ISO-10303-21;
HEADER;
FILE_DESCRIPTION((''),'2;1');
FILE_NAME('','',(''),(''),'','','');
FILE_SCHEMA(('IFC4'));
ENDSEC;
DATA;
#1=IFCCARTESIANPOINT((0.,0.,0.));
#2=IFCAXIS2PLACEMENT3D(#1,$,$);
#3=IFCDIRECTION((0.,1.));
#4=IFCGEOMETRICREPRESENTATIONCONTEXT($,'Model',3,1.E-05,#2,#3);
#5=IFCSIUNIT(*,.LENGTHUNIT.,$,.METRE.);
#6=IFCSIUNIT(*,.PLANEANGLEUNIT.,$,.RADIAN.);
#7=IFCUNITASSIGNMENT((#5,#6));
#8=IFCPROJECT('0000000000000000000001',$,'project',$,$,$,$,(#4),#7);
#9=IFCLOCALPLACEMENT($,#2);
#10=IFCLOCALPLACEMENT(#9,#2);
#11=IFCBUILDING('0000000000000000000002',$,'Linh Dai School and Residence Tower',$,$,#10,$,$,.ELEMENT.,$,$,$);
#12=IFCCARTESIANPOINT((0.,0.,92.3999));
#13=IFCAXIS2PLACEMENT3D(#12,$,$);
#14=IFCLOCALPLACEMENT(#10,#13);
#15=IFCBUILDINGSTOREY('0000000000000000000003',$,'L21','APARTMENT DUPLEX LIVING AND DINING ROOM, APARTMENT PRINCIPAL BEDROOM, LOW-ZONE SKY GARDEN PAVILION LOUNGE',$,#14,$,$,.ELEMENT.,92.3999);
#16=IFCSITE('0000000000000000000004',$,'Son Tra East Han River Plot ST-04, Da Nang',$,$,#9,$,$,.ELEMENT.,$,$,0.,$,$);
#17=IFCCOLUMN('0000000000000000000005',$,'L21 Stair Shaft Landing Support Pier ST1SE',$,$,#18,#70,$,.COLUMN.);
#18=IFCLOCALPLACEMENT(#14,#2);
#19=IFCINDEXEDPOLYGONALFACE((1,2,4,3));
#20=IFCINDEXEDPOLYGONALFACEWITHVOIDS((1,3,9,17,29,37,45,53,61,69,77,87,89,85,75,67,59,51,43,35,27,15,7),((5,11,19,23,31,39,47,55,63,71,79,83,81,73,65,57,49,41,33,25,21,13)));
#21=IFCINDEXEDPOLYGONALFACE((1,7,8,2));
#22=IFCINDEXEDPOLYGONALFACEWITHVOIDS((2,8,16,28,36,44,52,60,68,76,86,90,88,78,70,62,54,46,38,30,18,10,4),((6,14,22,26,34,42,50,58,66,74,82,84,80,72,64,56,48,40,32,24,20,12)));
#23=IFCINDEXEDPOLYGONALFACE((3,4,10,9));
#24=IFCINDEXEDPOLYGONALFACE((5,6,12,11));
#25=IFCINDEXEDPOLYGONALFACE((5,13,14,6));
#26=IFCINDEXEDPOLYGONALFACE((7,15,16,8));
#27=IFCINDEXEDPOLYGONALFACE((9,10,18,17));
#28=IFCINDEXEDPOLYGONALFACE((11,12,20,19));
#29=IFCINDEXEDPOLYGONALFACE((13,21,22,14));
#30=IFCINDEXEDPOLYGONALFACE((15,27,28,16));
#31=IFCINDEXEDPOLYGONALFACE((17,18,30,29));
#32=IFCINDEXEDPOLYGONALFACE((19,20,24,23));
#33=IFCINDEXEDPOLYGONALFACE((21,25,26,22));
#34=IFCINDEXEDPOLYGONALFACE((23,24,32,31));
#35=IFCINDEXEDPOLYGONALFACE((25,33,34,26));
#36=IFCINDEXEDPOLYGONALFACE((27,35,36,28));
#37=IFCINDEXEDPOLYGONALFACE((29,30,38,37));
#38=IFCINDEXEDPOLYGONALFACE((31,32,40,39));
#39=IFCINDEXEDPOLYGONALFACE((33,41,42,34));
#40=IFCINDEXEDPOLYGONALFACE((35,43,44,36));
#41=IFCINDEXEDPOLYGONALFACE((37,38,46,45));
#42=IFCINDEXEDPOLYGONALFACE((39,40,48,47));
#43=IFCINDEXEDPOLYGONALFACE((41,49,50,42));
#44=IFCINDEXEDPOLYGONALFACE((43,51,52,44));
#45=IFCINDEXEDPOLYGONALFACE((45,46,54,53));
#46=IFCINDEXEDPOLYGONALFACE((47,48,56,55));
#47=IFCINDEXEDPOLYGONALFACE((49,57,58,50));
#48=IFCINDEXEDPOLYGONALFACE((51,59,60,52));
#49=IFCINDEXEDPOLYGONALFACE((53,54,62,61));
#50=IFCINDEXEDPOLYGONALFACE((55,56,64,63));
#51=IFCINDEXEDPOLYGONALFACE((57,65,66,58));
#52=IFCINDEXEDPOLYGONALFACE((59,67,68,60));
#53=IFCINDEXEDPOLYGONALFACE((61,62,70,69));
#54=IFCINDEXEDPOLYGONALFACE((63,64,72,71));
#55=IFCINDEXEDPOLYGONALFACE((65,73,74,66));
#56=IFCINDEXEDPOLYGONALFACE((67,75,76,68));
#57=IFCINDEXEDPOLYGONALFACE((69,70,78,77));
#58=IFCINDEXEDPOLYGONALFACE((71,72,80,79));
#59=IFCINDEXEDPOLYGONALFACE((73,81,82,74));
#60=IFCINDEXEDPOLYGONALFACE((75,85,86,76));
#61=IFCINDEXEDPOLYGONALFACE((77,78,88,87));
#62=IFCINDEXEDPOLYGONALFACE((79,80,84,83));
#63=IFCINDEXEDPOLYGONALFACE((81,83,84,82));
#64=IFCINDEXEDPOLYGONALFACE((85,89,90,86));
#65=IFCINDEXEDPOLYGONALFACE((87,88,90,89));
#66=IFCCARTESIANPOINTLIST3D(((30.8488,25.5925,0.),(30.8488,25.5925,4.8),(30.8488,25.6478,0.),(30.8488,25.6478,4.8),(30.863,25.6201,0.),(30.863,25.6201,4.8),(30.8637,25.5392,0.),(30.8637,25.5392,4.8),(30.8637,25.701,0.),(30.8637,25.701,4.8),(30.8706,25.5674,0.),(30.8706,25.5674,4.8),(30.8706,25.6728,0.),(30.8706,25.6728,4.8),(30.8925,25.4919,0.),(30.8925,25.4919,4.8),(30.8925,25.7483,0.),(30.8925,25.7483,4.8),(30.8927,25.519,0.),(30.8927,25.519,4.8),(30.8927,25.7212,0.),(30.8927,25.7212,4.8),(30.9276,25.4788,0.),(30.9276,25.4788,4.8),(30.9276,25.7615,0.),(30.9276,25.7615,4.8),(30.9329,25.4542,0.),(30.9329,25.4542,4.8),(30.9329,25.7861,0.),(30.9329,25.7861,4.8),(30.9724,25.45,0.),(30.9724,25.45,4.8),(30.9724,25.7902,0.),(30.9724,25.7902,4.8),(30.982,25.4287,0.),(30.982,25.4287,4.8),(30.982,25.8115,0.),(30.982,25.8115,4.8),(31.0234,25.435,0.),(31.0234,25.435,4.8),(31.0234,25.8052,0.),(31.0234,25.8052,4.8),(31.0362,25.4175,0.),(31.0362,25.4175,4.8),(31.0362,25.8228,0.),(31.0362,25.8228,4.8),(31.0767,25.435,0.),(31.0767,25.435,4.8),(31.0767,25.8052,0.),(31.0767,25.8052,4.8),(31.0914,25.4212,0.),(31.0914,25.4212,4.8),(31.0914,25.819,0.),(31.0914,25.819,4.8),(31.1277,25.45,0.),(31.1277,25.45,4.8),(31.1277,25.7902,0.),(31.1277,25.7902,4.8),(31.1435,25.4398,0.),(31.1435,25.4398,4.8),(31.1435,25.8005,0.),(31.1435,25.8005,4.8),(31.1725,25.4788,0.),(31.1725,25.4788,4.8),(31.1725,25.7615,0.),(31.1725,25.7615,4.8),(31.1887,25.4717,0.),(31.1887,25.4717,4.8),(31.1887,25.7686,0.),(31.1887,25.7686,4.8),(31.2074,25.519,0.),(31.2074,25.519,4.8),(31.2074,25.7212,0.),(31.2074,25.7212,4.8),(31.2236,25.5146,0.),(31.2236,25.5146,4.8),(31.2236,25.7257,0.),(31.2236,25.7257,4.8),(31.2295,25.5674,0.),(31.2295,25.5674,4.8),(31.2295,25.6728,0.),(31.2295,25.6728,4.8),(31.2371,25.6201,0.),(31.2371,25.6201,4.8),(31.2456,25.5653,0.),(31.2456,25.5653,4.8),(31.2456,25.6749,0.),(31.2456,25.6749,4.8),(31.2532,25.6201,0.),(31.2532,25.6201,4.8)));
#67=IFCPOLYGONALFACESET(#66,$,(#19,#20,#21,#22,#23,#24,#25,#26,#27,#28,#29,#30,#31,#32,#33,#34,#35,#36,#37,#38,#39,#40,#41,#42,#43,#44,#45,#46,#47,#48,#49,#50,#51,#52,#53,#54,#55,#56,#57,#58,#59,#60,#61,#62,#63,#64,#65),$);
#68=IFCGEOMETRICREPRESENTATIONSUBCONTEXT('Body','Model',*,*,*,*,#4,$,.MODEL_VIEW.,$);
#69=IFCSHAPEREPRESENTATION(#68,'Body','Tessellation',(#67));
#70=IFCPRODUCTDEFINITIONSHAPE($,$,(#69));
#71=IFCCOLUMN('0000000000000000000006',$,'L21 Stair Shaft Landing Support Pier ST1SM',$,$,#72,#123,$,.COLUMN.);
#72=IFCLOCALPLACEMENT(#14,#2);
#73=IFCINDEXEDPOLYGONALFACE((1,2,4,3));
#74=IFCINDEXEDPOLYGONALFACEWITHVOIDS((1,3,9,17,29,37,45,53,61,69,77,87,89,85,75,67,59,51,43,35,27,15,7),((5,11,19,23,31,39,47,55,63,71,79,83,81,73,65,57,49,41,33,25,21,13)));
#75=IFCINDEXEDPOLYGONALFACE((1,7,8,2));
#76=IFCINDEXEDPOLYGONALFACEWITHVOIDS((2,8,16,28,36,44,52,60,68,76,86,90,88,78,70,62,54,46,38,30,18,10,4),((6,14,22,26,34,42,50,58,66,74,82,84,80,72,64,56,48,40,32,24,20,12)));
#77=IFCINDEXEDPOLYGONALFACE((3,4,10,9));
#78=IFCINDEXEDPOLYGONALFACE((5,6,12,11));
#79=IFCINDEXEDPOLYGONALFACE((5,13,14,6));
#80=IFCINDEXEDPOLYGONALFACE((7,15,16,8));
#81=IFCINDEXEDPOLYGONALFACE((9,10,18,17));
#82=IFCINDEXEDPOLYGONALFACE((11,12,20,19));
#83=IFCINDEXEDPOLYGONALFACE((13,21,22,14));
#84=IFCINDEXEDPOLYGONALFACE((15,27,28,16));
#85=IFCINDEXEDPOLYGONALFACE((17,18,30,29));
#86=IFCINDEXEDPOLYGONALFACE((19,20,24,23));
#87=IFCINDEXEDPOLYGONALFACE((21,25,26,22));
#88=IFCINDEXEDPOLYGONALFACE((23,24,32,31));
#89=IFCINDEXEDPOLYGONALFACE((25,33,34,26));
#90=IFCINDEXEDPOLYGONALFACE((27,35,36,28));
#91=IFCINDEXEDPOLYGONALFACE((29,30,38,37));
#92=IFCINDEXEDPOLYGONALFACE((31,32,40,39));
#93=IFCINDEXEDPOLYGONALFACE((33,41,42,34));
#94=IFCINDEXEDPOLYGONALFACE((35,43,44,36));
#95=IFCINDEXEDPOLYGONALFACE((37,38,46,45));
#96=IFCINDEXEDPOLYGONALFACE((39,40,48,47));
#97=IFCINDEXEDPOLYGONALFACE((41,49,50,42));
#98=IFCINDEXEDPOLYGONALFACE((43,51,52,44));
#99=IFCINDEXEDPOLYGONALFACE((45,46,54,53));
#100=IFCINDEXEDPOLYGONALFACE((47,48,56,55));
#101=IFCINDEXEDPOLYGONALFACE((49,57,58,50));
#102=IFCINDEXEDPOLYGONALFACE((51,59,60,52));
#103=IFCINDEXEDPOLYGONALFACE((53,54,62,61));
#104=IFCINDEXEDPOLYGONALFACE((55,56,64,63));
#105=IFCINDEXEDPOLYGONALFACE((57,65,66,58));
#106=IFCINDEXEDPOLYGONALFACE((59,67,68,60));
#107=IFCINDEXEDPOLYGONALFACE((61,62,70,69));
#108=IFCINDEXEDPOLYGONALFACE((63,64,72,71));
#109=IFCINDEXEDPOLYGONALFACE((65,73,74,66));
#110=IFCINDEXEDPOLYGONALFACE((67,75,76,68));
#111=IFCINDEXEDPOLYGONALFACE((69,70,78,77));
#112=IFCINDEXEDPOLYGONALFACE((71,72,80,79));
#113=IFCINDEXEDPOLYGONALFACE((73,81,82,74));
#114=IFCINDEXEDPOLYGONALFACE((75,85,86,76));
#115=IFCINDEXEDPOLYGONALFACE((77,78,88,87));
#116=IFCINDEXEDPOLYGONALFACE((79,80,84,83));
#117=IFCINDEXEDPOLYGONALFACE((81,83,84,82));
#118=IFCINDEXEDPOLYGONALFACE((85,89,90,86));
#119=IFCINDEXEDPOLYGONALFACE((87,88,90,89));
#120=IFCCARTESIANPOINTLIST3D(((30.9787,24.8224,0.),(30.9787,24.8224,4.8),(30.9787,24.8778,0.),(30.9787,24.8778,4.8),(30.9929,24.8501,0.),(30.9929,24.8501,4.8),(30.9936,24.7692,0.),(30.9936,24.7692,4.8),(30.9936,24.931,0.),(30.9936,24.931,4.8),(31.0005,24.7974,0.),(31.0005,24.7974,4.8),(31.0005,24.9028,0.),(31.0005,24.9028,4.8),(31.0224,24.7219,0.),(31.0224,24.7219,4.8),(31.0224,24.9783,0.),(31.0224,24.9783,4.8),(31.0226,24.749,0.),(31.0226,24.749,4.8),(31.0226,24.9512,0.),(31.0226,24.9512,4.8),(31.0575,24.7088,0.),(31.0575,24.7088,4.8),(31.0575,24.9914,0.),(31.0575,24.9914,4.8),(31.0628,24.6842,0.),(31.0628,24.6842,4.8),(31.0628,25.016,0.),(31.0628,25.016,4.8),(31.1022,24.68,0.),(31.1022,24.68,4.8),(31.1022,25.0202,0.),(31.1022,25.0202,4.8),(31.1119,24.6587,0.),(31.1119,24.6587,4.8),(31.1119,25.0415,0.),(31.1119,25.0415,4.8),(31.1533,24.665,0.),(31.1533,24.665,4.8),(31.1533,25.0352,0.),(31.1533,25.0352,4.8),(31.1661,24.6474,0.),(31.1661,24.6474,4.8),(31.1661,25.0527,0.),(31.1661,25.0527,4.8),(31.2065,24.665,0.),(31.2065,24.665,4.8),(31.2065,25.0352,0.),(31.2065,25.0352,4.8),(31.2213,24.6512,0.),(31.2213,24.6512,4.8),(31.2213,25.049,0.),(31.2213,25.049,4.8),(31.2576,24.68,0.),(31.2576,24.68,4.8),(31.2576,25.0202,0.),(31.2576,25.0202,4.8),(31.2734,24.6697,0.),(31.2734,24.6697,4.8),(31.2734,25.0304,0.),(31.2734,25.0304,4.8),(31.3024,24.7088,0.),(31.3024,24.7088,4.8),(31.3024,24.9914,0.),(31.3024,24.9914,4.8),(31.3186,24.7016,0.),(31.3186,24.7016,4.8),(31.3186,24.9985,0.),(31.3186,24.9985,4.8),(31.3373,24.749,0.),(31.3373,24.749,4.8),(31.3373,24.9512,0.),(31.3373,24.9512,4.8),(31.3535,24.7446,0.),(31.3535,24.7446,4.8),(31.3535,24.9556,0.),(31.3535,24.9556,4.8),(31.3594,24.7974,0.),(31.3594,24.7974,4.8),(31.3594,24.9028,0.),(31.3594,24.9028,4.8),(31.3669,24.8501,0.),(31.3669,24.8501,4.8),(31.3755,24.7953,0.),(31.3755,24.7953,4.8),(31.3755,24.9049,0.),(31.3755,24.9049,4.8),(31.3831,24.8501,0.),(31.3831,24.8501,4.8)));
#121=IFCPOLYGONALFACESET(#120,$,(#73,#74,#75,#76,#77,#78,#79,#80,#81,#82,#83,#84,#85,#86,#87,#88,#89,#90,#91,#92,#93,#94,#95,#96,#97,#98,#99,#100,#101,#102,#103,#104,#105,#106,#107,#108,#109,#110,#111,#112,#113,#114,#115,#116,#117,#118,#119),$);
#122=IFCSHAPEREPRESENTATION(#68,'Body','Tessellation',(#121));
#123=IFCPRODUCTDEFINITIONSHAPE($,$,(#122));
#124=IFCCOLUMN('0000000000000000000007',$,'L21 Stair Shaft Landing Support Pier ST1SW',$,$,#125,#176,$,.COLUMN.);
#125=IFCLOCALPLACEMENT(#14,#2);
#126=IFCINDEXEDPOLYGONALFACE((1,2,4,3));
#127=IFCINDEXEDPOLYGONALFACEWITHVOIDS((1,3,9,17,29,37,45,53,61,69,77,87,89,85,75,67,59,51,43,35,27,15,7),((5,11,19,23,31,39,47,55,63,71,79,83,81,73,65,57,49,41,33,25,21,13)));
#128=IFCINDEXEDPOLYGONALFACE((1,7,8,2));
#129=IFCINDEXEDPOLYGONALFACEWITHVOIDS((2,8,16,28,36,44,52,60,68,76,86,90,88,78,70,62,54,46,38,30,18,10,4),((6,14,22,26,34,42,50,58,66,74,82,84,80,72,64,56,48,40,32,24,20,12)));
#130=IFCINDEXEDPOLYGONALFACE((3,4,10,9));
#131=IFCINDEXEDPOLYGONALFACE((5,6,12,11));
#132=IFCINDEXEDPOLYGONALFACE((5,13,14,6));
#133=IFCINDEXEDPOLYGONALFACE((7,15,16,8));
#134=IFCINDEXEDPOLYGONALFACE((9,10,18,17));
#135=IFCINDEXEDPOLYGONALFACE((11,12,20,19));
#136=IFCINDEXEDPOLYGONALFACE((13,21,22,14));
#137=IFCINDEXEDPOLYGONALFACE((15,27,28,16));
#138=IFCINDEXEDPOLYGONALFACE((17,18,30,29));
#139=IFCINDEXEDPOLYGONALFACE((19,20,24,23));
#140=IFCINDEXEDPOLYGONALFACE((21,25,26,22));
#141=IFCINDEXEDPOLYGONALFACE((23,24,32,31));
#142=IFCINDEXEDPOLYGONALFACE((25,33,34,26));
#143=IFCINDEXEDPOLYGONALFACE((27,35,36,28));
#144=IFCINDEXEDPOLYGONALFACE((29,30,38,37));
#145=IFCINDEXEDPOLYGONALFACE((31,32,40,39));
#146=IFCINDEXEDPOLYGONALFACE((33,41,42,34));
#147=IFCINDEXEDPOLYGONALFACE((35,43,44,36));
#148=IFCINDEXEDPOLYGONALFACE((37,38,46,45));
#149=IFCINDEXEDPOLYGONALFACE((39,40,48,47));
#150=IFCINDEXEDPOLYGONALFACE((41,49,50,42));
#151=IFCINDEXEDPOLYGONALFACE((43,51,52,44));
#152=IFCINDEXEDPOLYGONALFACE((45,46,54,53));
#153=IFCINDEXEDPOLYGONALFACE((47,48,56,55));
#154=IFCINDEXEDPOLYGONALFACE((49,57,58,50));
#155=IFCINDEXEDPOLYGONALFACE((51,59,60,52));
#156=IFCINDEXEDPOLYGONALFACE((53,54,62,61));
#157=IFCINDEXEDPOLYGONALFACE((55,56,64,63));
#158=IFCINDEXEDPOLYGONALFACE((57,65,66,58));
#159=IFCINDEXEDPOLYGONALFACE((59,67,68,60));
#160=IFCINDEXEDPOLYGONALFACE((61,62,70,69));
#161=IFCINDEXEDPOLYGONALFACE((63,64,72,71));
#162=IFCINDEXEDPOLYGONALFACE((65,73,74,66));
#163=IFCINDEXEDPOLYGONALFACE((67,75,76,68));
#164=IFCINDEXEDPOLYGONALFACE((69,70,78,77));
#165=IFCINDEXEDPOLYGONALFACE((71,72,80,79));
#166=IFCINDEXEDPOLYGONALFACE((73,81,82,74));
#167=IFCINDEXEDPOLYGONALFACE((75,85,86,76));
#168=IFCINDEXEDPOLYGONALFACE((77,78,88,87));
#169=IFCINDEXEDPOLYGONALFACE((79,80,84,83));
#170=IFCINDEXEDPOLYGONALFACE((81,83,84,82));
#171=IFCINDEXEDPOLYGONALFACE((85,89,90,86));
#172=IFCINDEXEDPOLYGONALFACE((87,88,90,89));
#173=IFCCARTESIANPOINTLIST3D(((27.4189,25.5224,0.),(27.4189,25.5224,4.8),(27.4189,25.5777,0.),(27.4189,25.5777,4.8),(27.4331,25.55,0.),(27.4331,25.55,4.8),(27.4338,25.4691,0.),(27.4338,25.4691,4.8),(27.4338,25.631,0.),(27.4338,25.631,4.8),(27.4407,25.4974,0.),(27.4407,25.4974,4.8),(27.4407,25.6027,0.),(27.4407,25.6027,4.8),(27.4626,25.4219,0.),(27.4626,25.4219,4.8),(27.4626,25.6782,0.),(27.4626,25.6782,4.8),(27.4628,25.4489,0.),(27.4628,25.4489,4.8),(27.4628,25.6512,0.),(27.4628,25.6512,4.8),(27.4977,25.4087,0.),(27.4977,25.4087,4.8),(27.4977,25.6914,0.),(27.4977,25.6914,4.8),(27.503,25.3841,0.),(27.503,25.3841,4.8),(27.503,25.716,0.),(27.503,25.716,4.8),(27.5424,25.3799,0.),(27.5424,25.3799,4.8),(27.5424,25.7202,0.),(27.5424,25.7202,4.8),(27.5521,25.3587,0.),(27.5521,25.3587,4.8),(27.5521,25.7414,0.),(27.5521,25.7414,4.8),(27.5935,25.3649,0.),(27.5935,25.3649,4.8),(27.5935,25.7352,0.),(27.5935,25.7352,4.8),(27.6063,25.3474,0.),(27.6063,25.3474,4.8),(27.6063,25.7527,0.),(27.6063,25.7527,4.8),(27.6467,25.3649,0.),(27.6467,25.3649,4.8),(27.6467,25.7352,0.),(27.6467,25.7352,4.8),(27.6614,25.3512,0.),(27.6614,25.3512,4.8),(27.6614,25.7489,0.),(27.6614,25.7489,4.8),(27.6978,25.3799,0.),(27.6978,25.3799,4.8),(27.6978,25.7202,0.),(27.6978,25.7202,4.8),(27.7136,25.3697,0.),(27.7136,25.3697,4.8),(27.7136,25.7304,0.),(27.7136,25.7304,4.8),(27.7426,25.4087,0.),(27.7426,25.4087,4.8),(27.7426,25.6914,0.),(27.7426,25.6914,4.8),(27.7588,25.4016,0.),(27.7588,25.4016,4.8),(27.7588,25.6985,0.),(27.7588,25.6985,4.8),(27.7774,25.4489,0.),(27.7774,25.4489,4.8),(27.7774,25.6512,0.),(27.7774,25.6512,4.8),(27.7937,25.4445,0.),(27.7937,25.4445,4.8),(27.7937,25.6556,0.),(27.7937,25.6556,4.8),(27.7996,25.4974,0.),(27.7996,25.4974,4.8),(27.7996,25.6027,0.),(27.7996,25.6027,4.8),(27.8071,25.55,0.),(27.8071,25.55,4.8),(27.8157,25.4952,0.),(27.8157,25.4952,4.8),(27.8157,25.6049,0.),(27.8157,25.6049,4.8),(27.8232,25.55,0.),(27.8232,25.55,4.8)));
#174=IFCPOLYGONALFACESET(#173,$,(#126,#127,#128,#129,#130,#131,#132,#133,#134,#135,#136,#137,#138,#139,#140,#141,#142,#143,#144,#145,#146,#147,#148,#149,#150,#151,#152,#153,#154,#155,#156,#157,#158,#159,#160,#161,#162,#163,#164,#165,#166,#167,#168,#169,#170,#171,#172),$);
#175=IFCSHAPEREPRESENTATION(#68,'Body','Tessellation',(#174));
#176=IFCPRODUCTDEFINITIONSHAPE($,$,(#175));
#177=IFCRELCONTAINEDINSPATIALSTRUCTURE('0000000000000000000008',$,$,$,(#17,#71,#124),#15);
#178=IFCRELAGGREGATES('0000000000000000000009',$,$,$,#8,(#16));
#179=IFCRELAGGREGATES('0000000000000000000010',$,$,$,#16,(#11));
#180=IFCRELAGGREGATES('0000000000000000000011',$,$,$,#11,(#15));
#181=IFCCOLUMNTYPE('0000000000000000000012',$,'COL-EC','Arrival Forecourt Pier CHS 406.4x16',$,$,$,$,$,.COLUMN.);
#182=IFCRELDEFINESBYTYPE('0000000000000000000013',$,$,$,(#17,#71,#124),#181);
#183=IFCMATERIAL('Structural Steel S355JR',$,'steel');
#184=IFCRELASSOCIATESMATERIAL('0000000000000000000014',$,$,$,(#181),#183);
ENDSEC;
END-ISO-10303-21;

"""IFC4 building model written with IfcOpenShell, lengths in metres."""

from ifc_helpers import new_model, si_unit, direction, frame, origin, origin_2d, place, context, subcontext, project, spatial, hollow_circle, extrude, material, material_profile, profile_set, type_object, element, save


model = new_model("IFC4")

# Units and contexts
model_context = context("Model", 3, precision=1e-05, world=origin(), true_north=direction((0.0, 1.0)))
body_context = subcontext(model_context, "Body", "Model", "MODEL_VIEW")
ifc_project = project(units=[si_unit("LENGTHUNIT", "METRE"), si_unit("PLANEANGLEUNIT", "RADIAN")], contexts=[model_context])

# Site, building, storey
site_placement = place(None, origin())
site = spatial("IfcSite", under=ifc_project, at=site_placement, Name="Son Tra East Han River Plot ST-04, Da Nang", CompositionType="ELEMENT", RefElevation=0.0)
building_placement = place(site_placement, origin())
building = spatial("IfcBuilding", under=site, at=building_placement, Name="Linh Dai School and Residence Tower", CompositionType="ELEMENT")
storey_placement = place(building_placement, frame((0.0, 0.0, 92.3999)))
storey = spatial("IfcBuildingStorey", under=building, at=storey_placement, Name="L21", Description="APARTMENT DUPLEX LIVING AND DINING ROOM, APARTMENT PRINCIPAL BEDROOM, LOW-ZONE SKY GARDEN PAVILION LOUNGE", CompositionType="ELEMENT", Elevation=92.3999)

# Columns
ifc_material_1 = material(Name="Structural Steel S355JR", Category="steel")
ifc_material_profile_1 = material_profile(ifc_material_1, hollow_circle(Radius=0.2031, WallThickness=0.0161, at=origin_2d()), Name="CHS 406.4x16")
ifc_profile_set_1 = profile_set([ifc_material_profile_1], Name="Structural Steel S355JR")
column_type = type_object("IfcColumnType", Name="COL-EC", Description="Arrival Forecourt Pier CHS 406.4x16", PredefinedType="COLUMN", material=ifc_profile_set_1)
for number, where, z_axis, x_axis, name in (
    (1, (31.05, 25.6201, 0.0), (0.0, 0.0, 1.0), (1.0, 0.0, 0.0), "L21 Stair Shaft Landing Support Pier ST1SE"),
    (2, (31.1799, 24.8501, 0.0), (0.0, 0.0, 1.0), (1.0, 0.0, 0.0), "L21 Stair Shaft Landing Support Pier ST1SM"),
    (3, (27.6201, 25.55, 0.0), (0.0, 0.0, 1.0), (1.0, 0.0, 0.0), "L21 Stair Shaft Landing Support Pier ST1SW"),
):
    element("IfcColumn", number, at=place(storey_placement, frame(where, z_axis=z_axis, x_axis=x_axis)), inside=storey, type_object=column_type, Name=name, PredefinedType="COLUMN", context=body_context, shape_type="SweptSolid", body=[
        extrude(hollow_circle(Radius=0.2031, WallThickness=0.0161, at=origin_2d()), origin(), (0.0, 0.0, 1.0), 4.8),
    ])

save(model, "model.ifc")
